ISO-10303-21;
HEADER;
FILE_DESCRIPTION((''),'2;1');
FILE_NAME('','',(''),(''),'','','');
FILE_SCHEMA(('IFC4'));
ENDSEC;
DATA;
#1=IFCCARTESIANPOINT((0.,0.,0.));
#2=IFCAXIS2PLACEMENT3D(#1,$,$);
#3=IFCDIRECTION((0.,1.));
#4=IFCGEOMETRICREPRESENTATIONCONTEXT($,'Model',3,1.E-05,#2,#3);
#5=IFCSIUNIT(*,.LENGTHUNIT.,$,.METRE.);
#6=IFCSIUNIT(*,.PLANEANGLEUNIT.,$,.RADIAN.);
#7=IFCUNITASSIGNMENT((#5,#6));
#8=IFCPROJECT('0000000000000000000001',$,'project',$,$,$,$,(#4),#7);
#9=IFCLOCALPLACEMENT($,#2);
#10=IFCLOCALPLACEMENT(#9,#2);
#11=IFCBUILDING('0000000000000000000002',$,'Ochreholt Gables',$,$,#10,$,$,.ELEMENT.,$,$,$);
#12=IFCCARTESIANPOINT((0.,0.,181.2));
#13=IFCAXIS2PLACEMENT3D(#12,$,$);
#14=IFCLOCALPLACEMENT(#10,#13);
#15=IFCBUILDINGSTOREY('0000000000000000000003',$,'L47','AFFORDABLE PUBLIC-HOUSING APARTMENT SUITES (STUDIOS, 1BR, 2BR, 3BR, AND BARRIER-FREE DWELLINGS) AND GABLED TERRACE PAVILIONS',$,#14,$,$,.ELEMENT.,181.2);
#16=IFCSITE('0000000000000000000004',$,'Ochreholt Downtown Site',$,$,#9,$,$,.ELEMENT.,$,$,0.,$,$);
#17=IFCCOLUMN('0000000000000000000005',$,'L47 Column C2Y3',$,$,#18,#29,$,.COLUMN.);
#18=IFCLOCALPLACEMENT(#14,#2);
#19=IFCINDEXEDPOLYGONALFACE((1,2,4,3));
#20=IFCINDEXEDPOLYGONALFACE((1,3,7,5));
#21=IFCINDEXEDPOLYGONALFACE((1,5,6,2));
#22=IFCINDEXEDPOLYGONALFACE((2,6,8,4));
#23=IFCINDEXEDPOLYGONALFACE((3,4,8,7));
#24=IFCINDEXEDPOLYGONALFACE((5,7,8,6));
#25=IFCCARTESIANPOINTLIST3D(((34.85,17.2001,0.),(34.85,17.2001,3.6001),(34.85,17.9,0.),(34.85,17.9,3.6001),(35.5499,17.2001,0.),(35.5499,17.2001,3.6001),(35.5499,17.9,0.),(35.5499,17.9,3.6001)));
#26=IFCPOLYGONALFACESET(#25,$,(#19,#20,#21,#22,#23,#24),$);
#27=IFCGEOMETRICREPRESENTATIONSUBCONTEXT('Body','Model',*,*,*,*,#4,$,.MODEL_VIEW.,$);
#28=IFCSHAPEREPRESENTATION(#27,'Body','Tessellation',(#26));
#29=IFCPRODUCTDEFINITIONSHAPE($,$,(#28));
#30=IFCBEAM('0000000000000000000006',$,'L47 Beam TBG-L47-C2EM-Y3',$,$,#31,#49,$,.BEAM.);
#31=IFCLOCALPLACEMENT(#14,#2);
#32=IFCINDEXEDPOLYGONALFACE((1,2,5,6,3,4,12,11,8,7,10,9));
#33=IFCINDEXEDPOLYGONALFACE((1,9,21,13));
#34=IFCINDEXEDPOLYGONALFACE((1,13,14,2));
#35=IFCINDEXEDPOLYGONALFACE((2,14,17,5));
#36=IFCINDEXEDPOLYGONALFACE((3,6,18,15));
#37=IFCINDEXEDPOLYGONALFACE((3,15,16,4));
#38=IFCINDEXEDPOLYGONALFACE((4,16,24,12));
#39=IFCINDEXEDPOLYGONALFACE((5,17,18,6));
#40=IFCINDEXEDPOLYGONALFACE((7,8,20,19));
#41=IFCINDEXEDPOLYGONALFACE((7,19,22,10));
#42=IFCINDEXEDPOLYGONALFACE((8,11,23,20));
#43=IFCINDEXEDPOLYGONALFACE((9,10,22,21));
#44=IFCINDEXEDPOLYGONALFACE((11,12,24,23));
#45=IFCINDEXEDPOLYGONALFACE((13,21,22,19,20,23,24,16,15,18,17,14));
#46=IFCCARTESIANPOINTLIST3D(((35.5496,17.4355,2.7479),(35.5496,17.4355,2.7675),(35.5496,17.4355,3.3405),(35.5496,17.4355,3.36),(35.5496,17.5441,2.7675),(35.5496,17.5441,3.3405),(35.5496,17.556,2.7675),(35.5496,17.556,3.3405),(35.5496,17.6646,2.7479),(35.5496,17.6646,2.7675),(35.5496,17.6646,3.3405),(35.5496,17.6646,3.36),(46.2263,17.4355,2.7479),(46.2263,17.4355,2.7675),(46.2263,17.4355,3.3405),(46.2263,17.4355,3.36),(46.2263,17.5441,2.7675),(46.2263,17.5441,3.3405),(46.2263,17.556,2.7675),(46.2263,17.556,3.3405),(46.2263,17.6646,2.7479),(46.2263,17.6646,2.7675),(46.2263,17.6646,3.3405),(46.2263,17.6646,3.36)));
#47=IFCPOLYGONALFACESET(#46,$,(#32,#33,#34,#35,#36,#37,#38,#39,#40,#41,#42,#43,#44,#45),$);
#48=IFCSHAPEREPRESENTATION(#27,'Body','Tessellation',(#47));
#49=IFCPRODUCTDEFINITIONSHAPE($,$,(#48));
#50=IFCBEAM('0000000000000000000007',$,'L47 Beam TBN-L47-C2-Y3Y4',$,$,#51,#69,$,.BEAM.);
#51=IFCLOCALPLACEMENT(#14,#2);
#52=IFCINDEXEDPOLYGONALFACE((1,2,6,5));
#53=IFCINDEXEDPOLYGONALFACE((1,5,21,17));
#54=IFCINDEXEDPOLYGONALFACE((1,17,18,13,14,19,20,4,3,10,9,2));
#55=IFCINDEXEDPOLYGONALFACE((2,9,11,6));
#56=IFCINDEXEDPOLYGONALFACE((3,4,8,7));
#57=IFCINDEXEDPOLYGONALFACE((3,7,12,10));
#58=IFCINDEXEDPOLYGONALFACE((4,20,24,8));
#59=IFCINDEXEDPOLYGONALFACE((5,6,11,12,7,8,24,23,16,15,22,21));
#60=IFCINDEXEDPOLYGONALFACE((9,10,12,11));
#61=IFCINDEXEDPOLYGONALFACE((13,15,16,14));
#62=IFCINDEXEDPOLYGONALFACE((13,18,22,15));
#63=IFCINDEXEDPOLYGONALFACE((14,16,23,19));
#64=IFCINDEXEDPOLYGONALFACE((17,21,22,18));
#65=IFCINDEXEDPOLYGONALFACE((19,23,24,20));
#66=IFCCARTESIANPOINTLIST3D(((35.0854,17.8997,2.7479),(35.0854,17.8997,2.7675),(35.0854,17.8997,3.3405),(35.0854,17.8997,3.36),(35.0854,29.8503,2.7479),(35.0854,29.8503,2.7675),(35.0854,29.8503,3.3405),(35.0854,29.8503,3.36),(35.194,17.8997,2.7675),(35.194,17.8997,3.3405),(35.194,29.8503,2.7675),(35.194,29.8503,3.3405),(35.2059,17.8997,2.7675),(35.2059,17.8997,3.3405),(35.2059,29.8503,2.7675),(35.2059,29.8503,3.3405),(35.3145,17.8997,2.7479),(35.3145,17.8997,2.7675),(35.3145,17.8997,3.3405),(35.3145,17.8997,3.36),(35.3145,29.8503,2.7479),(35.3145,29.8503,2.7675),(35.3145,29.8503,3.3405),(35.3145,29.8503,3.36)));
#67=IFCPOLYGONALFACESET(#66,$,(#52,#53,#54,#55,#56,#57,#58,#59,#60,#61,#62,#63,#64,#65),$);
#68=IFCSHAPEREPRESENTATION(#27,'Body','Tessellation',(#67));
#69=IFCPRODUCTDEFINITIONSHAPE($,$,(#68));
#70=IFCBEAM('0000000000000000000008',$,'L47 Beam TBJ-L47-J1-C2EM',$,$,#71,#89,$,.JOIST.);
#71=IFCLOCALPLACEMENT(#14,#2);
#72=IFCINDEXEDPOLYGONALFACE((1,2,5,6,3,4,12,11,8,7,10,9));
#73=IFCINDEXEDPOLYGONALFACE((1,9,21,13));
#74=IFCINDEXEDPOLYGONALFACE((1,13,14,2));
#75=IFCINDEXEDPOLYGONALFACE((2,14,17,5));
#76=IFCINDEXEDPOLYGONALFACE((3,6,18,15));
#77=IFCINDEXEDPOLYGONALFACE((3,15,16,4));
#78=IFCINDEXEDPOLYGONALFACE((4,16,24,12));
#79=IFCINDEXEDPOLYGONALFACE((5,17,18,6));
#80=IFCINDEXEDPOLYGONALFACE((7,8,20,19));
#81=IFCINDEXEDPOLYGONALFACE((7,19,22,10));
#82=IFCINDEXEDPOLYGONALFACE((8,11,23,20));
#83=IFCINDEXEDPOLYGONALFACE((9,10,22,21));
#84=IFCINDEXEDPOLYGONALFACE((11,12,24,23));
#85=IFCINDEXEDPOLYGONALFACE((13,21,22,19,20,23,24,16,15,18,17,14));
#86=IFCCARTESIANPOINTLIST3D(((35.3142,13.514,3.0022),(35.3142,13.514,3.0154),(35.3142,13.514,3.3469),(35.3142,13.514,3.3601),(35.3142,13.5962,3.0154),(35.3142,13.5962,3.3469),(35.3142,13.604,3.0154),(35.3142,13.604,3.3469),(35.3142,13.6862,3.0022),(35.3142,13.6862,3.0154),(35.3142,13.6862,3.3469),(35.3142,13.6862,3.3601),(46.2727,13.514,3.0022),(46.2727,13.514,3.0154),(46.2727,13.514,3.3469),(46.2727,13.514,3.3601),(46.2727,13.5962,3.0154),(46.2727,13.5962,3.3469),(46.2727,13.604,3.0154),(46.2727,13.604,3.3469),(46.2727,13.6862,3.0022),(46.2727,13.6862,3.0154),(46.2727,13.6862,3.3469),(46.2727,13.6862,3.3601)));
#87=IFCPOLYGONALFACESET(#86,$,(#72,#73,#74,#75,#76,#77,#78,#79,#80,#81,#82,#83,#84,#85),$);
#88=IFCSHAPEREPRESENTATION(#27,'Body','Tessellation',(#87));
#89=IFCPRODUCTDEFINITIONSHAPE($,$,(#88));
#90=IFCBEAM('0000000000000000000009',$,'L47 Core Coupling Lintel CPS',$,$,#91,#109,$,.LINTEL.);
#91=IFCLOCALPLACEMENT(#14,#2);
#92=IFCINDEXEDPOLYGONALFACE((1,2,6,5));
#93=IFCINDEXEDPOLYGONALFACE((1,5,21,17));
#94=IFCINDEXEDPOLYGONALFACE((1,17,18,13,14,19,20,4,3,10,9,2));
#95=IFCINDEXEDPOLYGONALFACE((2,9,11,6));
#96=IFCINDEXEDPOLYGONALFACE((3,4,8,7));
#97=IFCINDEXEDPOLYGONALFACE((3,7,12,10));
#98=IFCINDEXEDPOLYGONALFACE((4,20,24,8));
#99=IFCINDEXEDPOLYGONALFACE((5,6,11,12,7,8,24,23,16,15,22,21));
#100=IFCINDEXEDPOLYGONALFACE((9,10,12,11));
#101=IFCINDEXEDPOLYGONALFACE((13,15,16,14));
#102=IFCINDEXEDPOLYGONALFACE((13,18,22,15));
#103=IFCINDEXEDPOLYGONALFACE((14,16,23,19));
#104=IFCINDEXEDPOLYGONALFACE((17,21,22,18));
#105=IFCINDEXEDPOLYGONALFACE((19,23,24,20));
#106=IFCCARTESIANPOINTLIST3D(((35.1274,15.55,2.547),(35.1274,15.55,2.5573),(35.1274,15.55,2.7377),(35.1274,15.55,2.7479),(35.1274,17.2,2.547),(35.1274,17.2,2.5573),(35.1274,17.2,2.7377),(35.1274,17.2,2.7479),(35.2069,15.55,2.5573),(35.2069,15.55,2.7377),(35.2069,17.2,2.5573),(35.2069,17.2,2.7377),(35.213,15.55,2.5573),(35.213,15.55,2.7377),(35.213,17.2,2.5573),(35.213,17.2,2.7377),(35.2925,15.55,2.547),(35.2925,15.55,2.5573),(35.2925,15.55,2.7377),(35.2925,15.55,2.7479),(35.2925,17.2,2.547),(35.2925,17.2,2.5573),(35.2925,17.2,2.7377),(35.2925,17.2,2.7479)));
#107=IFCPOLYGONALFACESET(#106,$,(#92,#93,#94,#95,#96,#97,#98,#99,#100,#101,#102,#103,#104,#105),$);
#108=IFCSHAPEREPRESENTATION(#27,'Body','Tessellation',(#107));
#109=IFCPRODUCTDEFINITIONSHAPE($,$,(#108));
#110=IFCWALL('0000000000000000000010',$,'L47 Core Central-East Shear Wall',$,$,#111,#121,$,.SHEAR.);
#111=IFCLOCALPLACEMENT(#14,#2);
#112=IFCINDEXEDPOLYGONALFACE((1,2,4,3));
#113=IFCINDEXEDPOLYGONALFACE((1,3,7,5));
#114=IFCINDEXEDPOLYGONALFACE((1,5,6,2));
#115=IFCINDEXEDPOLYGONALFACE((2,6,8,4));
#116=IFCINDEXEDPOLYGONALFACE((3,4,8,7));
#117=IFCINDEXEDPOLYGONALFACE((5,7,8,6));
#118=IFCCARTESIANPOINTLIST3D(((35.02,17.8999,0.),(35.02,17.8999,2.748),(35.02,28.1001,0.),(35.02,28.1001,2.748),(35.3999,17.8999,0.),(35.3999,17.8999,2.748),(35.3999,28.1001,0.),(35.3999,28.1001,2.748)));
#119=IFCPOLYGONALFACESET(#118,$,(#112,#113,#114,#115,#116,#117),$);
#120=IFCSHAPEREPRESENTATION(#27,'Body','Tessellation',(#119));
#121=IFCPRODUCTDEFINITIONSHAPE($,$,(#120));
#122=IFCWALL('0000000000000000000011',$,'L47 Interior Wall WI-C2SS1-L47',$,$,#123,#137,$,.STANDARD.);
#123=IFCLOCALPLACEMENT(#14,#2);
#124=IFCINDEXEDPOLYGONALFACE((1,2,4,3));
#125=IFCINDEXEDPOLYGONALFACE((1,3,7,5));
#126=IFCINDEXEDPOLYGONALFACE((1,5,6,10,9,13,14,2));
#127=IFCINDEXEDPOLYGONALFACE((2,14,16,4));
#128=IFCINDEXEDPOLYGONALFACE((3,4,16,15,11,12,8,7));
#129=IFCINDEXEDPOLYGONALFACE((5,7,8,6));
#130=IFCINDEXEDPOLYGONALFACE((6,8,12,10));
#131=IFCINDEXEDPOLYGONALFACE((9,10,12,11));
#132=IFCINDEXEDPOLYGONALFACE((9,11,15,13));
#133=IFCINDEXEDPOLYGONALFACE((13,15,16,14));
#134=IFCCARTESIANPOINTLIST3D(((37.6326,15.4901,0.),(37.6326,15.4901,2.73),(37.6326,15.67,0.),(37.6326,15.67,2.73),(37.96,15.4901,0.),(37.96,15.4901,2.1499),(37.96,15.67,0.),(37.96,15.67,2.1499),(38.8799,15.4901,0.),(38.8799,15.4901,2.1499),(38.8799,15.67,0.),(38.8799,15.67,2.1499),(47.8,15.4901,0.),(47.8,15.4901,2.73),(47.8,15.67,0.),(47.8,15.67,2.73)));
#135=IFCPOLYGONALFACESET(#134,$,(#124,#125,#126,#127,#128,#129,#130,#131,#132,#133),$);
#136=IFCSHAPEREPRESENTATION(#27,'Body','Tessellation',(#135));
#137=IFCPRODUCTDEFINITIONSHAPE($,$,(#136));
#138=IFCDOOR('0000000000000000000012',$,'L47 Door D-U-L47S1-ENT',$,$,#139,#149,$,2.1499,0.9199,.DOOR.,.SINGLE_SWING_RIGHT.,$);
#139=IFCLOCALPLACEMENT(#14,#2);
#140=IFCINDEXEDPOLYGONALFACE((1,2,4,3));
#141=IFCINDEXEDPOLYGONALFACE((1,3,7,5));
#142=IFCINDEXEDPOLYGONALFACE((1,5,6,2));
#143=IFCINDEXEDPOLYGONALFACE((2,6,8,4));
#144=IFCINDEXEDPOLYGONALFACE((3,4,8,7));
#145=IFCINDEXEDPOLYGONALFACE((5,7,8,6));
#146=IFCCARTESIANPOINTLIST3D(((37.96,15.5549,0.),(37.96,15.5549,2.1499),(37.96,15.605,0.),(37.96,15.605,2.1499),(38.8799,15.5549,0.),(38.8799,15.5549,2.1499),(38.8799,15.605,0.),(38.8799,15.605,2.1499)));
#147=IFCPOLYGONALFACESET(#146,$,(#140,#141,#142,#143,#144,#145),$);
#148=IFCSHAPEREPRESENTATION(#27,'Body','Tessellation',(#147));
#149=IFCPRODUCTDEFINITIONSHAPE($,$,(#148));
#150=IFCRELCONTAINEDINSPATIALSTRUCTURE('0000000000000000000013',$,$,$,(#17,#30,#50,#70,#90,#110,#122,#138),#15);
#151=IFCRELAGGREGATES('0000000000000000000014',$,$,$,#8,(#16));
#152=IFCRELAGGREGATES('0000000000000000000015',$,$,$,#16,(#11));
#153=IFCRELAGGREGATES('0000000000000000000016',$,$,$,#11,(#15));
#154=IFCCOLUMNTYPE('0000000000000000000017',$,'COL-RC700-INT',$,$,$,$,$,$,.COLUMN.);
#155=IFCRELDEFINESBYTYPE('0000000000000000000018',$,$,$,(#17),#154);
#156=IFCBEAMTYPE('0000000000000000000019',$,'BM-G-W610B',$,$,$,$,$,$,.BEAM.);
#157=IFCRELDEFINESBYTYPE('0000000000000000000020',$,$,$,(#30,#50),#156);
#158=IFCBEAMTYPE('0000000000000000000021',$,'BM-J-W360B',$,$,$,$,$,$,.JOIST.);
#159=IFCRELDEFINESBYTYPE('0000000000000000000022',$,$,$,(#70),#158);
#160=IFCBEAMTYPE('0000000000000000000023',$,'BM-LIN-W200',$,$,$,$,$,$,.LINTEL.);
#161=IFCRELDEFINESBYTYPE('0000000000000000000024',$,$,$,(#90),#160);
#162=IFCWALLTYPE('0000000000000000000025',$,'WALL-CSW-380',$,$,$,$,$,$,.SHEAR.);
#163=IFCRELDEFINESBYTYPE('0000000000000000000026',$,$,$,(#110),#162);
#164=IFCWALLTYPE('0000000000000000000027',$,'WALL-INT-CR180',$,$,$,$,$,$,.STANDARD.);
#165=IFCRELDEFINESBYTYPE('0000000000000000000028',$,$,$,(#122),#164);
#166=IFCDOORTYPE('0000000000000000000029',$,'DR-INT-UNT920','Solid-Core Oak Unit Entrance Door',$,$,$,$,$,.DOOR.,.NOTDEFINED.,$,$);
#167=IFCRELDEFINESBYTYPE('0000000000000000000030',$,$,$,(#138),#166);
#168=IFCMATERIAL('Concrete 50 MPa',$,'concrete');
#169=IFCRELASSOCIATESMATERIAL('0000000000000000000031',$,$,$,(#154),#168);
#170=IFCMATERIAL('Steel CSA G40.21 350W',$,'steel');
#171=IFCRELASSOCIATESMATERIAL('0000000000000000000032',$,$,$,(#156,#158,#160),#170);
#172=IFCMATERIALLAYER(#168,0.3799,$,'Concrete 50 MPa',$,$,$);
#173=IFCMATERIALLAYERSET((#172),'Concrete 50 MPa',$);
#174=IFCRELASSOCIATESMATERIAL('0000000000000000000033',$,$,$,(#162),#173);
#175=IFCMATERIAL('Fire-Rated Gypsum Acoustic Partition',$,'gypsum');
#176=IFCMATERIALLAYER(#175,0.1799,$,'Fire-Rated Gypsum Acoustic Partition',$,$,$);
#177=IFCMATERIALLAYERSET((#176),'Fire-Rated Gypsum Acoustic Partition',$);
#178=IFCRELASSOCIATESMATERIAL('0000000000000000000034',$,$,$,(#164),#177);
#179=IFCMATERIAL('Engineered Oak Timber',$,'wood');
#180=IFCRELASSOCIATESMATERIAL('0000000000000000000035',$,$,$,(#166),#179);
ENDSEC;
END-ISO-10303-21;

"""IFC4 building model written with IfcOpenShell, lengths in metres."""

from ifc_helpers import new_model, si_unit, direction, frame, frame_2d, origin, origin_2d, place, context, subcontext, project, spatial, rectangle, i_section, extrude, material, layer, layer_set, material_profile, profile_set, type_object, element, fill, save


model = new_model("IFC4")

# Units and contexts
model_context = context("Model", 3, precision=1e-05, world=origin(), true_north=direction((0.0, 1.0)))
body_context = subcontext(model_context, "Body", "Model", "MODEL_VIEW")
ifc_project = project(units=[si_unit("LENGTHUNIT", "METRE"), si_unit("PLANEANGLEUNIT", "RADIAN")], contexts=[model_context])

# Site, building, storey
site_placement = place(None, origin())
site = spatial("IfcSite", under=ifc_project, at=site_placement, Name="Ochreholt Downtown Site", CompositionType="ELEMENT", RefElevation=0.0)
building_placement = place(site_placement, origin())
building = spatial("IfcBuilding", under=site, at=building_placement, Name="Ochreholt Gables", CompositionType="ELEMENT")
storey_placement = place(building_placement, frame((0.0, 0.0, 181.2)))
storey = spatial("IfcBuildingStorey", under=building, at=storey_placement, Name="L47", Description="AFFORDABLE PUBLIC-HOUSING APARTMENT SUITES (STUDIOS, 1BR, 2BR, 3BR, AND BARRIER-FREE DWELLINGS) AND GABLED TERRACE PAVILIONS", CompositionType="ELEMENT", Elevation=181.2)

# Column
ifc_material_1 = material(Name="Concrete 50 MPa", Category="concrete")
ifc_material_profile_1 = material_profile(ifc_material_1, rectangle(XDim=0.7, YDim=0.7, at=origin_2d()), Name="RC700X700")
ifc_profile_set_1 = profile_set([ifc_material_profile_1], Name="Concrete 50 MPa")
column_type = type_object("IfcColumnType", Name="COL-RC700-INT", PredefinedType="COLUMN", material=ifc_profile_set_1)
column_placement = place(storey_placement, frame((35.2, 17.55, 0.0), z_axis=(0.0, 0.0, 1.0), x_axis=(1.0, 0.0, 0.0)))
element("IfcColumn", 1, at=column_placement, inside=storey, type_object=column_type, Name="L47 Column C2Y3", PredefinedType="COLUMN", context=body_context, shape_type="SweptSolid", body=[
    extrude(rectangle(XDim=0.7, YDim=0.7, at=origin_2d()), origin(), (0.0, 0.0, 1.0), 3.6001),
])

# Beams
ifc_material_2 = material(Name="Steel CSA G40.21 350W", Category="steel")
ifc_material_profile_2 = material_profile(ifc_material_2, i_section(OverallWidth=0.229, OverallDepth=0.6121, WebThickness=0.012, FlangeThickness=0.0195, at=origin_2d()), Name="W610X125")
ifc_profile_set_2 = profile_set([ifc_material_profile_2], Name="Steel CSA G40.21 350W")
beam_type_1 = type_object("IfcBeamType", Name="BM-G-W610B", PredefinedType="BEAM", material=ifc_profile_set_2)
beam_1_placement = place(storey_placement, frame((35.5496, 17.55, 3.054), z_axis=(1.0, 0.0, 0.0), x_axis=(0.0, 1.0, 0.0)))
element("IfcBeam", 2, at=beam_1_placement, inside=storey, type_object=beam_type_1, Name="L47 Beam TBG-L47-C2EM-Y3", PredefinedType="BEAM", context=body_context, shape_type="SweptSolid", body=[
    extrude(i_section(OverallWidth=0.229, OverallDepth=0.6121, WebThickness=0.012, FlangeThickness=0.0195, at=origin_2d()), origin(), (0.0, 0.0, 1.0), 10.6768),
])
beam_2_placement = place(storey_placement, frame((35.2, 17.8997, 3.054), z_axis=(0.0, 1.0, 0.0), x_axis=(-1.0, 0.0, 0.0)))
element("IfcBeam", 3, at=beam_2_placement, inside=storey, type_object=beam_type_1, Name="L47 Beam TBN-L47-C2-Y3Y4", PredefinedType="BEAM", context=body_context, shape_type="SweptSolid", body=[
    extrude(i_section(OverallWidth=0.229, OverallDepth=0.6121, WebThickness=0.012, FlangeThickness=0.0195, at=origin_2d()), origin(), (0.0, 0.0, 1.0), 11.9507),
])
ifc_material_profile_3 = material_profile(ifc_material_2, i_section(OverallWidth=0.1721, OverallDepth=0.3579, WebThickness=0.0078, FlangeThickness=0.0132, at=origin_2d()), Name="W360X57")
ifc_profile_set_3 = profile_set([ifc_material_profile_3], Name="Steel CSA G40.21 350W")
beam_type_2 = type_object("IfcBeamType", Name="BM-J-W360B", PredefinedType="JOIST", material=ifc_profile_set_3)
beam_3_placement = place(storey_placement, frame((35.3142, 13.6001, 3.1812), z_axis=(1.0, 0.0, 0.0), x_axis=(0.0, 1.0, 0.0)))
element("IfcBeam", 4, at=beam_3_placement, inside=storey, type_object=beam_type_2, Name="L47 Beam TBJ-L47-J1-C2EM", PredefinedType="JOIST", context=body_context, shape_type="SweptSolid", body=[
    extrude(i_section(OverallWidth=0.1721, OverallDepth=0.3579, WebThickness=0.0078, FlangeThickness=0.0132, at=origin_2d()), origin(), (0.0, 0.0, 1.0), 10.9585),
])
ifc_material_profile_4 = material_profile(ifc_material_2, i_section(OverallWidth=0.165, OverallDepth=0.2009, WebThickness=0.0061, FlangeThickness=0.0103, at=origin_2d()), Name="W200X36")
ifc_profile_set_4 = profile_set([ifc_material_profile_4], Name="Steel CSA G40.21 350W")
beam_type_3 = type_object("IfcBeamType", Name="BM-LIN-W200", PredefinedType="LINTEL", material=ifc_profile_set_4)
beam_4_placement = place(storey_placement, frame((35.21, 15.55, 2.6475), z_axis=(0.0, 1.0, 0.0), x_axis=(-1.0, 0.0, 0.0)))
element("IfcBeam", 5, at=beam_4_placement, inside=storey, type_object=beam_type_3, Name="L47 Core Coupling Lintel CPS", PredefinedType="LINTEL", context=body_context, shape_type="SweptSolid", body=[
    extrude(i_section(OverallWidth=0.165, OverallDepth=0.2009, WebThickness=0.0061, FlangeThickness=0.0103, at=origin_2d()), origin(), (0.0, 0.0, 1.0), 1.6499),
])

# Wall
ifc_layer_1 = layer(ifc_material_1, 0.3799, Name="Concrete 50 MPa")
ifc_layer_set_1 = layer_set([ifc_layer_1], Name="Concrete 50 MPa")
wall_type_1 = type_object("IfcWallType", Name="WALL-CSW-380", PredefinedType="SHEAR", material=ifc_layer_set_1)
wall_1_placement = place(storey_placement, frame((35.21, 17.8999, 0.0), z_axis=(0.0, 0.0, 1.0), x_axis=(0.0, 1.0, 0.0)))
element("IfcWall", 6, at=wall_1_placement, inside=storey, type_object=wall_type_1, Name="L47 Core Central-East Shear Wall", PredefinedType="SHEAR", context=body_context, shape_type="SweptSolid", body=[
    extrude(rectangle(XDim=10.2002, YDim=0.3799, at=frame_2d((5.1001, 0.0))), origin(), (0.0, 0.0, 1.0), 2.748),
])

# Shared definitions
ifc_material_3 = material(Name="Fire-Rated Gypsum Acoustic Partition", Category="gypsum")
ifc_layer_2 = layer(ifc_material_3, 0.1799, Name="Fire-Rated Gypsum Acoustic Partition")
ifc_layer_set_2 = layer_set([ifc_layer_2], Name="Fire-Rated Gypsum Acoustic Partition")
wall_type_2 = type_object("IfcWallType", Name="WALL-INT-CR180", PredefinedType="STANDARD", material=ifc_layer_set_2)
ifc_material_4 = material(Name="Engineered Oak Timber", Category="wood")

# Wall, opening, door
wall_2_placement = place(storey_placement, frame((37.6326, 15.5801, 0.0), z_axis=(0.0, 0.0, 1.0), x_axis=(1.0, 0.0, 0.0)))
wall_2 = element("IfcWall", 7, at=wall_2_placement, inside=storey, type_object=wall_type_2, Name="L47 Interior Wall WI-C2SS1-L47", PredefinedType="STANDARD", context=body_context, shape_type="SweptSolid", body=[
    extrude(rectangle(XDim=10.1675, YDim=0.1799, at=frame_2d((5.0837, 0.0))), origin(), (0.0, 0.0, 1.0), 2.73),
])
opening_1_placement = place(wall_2_placement, frame((0.3274, 0.0, 0.0)))
opening_1 = element("IfcOpeningElement", 8, at=opening_1_placement, cuts=wall_2, PredefinedType="OPENING", context=body_context, shape_type="SweptSolid", body=[
    extrude(rectangle(XDim=0.9199, YDim=2.1499, at=frame_2d((0.46, 1.075))), frame((0.0, 0.0999, 0.0), z_axis=(0.0, -1.0, 0.0), x_axis=(1.0, 0.0, 0.0)), (0.0, 0.0, 1.0), 0.2),
])
door_type_1 = type_object("IfcDoorType", Name="DR-INT-UNT920", Description="Solid-Core Oak Unit Entrance Door", OperationType="NOTDEFINED", PredefinedType="DOOR", material=ifc_material_4)
door_1_placement = place(opening_1_placement, origin())
door_1 = element("IfcDoor", 9, at=door_1_placement, inside=storey, type_object=door_type_1, Name="L47 Door D-U-L47S1-ENT", OperationType="SINGLE_SWING_RIGHT", OverallHeight=2.1499, OverallWidth=0.9199, PredefinedType="DOOR", context=body_context, shape_type="SweptSolid", body=[
    extrude(rectangle(XDim=0.9199, YDim=2.1499, at=frame_2d((0.46, 1.075))), frame((0.0, 0.0249, 0.0), z_axis=(0.0, -1.0, 0.0), x_axis=(1.0, 0.0, 0.0)), (0.0, 0.0, 1.0), 0.05),
])
fill(opening_1, door_1)

save(model, "model.ifc")
